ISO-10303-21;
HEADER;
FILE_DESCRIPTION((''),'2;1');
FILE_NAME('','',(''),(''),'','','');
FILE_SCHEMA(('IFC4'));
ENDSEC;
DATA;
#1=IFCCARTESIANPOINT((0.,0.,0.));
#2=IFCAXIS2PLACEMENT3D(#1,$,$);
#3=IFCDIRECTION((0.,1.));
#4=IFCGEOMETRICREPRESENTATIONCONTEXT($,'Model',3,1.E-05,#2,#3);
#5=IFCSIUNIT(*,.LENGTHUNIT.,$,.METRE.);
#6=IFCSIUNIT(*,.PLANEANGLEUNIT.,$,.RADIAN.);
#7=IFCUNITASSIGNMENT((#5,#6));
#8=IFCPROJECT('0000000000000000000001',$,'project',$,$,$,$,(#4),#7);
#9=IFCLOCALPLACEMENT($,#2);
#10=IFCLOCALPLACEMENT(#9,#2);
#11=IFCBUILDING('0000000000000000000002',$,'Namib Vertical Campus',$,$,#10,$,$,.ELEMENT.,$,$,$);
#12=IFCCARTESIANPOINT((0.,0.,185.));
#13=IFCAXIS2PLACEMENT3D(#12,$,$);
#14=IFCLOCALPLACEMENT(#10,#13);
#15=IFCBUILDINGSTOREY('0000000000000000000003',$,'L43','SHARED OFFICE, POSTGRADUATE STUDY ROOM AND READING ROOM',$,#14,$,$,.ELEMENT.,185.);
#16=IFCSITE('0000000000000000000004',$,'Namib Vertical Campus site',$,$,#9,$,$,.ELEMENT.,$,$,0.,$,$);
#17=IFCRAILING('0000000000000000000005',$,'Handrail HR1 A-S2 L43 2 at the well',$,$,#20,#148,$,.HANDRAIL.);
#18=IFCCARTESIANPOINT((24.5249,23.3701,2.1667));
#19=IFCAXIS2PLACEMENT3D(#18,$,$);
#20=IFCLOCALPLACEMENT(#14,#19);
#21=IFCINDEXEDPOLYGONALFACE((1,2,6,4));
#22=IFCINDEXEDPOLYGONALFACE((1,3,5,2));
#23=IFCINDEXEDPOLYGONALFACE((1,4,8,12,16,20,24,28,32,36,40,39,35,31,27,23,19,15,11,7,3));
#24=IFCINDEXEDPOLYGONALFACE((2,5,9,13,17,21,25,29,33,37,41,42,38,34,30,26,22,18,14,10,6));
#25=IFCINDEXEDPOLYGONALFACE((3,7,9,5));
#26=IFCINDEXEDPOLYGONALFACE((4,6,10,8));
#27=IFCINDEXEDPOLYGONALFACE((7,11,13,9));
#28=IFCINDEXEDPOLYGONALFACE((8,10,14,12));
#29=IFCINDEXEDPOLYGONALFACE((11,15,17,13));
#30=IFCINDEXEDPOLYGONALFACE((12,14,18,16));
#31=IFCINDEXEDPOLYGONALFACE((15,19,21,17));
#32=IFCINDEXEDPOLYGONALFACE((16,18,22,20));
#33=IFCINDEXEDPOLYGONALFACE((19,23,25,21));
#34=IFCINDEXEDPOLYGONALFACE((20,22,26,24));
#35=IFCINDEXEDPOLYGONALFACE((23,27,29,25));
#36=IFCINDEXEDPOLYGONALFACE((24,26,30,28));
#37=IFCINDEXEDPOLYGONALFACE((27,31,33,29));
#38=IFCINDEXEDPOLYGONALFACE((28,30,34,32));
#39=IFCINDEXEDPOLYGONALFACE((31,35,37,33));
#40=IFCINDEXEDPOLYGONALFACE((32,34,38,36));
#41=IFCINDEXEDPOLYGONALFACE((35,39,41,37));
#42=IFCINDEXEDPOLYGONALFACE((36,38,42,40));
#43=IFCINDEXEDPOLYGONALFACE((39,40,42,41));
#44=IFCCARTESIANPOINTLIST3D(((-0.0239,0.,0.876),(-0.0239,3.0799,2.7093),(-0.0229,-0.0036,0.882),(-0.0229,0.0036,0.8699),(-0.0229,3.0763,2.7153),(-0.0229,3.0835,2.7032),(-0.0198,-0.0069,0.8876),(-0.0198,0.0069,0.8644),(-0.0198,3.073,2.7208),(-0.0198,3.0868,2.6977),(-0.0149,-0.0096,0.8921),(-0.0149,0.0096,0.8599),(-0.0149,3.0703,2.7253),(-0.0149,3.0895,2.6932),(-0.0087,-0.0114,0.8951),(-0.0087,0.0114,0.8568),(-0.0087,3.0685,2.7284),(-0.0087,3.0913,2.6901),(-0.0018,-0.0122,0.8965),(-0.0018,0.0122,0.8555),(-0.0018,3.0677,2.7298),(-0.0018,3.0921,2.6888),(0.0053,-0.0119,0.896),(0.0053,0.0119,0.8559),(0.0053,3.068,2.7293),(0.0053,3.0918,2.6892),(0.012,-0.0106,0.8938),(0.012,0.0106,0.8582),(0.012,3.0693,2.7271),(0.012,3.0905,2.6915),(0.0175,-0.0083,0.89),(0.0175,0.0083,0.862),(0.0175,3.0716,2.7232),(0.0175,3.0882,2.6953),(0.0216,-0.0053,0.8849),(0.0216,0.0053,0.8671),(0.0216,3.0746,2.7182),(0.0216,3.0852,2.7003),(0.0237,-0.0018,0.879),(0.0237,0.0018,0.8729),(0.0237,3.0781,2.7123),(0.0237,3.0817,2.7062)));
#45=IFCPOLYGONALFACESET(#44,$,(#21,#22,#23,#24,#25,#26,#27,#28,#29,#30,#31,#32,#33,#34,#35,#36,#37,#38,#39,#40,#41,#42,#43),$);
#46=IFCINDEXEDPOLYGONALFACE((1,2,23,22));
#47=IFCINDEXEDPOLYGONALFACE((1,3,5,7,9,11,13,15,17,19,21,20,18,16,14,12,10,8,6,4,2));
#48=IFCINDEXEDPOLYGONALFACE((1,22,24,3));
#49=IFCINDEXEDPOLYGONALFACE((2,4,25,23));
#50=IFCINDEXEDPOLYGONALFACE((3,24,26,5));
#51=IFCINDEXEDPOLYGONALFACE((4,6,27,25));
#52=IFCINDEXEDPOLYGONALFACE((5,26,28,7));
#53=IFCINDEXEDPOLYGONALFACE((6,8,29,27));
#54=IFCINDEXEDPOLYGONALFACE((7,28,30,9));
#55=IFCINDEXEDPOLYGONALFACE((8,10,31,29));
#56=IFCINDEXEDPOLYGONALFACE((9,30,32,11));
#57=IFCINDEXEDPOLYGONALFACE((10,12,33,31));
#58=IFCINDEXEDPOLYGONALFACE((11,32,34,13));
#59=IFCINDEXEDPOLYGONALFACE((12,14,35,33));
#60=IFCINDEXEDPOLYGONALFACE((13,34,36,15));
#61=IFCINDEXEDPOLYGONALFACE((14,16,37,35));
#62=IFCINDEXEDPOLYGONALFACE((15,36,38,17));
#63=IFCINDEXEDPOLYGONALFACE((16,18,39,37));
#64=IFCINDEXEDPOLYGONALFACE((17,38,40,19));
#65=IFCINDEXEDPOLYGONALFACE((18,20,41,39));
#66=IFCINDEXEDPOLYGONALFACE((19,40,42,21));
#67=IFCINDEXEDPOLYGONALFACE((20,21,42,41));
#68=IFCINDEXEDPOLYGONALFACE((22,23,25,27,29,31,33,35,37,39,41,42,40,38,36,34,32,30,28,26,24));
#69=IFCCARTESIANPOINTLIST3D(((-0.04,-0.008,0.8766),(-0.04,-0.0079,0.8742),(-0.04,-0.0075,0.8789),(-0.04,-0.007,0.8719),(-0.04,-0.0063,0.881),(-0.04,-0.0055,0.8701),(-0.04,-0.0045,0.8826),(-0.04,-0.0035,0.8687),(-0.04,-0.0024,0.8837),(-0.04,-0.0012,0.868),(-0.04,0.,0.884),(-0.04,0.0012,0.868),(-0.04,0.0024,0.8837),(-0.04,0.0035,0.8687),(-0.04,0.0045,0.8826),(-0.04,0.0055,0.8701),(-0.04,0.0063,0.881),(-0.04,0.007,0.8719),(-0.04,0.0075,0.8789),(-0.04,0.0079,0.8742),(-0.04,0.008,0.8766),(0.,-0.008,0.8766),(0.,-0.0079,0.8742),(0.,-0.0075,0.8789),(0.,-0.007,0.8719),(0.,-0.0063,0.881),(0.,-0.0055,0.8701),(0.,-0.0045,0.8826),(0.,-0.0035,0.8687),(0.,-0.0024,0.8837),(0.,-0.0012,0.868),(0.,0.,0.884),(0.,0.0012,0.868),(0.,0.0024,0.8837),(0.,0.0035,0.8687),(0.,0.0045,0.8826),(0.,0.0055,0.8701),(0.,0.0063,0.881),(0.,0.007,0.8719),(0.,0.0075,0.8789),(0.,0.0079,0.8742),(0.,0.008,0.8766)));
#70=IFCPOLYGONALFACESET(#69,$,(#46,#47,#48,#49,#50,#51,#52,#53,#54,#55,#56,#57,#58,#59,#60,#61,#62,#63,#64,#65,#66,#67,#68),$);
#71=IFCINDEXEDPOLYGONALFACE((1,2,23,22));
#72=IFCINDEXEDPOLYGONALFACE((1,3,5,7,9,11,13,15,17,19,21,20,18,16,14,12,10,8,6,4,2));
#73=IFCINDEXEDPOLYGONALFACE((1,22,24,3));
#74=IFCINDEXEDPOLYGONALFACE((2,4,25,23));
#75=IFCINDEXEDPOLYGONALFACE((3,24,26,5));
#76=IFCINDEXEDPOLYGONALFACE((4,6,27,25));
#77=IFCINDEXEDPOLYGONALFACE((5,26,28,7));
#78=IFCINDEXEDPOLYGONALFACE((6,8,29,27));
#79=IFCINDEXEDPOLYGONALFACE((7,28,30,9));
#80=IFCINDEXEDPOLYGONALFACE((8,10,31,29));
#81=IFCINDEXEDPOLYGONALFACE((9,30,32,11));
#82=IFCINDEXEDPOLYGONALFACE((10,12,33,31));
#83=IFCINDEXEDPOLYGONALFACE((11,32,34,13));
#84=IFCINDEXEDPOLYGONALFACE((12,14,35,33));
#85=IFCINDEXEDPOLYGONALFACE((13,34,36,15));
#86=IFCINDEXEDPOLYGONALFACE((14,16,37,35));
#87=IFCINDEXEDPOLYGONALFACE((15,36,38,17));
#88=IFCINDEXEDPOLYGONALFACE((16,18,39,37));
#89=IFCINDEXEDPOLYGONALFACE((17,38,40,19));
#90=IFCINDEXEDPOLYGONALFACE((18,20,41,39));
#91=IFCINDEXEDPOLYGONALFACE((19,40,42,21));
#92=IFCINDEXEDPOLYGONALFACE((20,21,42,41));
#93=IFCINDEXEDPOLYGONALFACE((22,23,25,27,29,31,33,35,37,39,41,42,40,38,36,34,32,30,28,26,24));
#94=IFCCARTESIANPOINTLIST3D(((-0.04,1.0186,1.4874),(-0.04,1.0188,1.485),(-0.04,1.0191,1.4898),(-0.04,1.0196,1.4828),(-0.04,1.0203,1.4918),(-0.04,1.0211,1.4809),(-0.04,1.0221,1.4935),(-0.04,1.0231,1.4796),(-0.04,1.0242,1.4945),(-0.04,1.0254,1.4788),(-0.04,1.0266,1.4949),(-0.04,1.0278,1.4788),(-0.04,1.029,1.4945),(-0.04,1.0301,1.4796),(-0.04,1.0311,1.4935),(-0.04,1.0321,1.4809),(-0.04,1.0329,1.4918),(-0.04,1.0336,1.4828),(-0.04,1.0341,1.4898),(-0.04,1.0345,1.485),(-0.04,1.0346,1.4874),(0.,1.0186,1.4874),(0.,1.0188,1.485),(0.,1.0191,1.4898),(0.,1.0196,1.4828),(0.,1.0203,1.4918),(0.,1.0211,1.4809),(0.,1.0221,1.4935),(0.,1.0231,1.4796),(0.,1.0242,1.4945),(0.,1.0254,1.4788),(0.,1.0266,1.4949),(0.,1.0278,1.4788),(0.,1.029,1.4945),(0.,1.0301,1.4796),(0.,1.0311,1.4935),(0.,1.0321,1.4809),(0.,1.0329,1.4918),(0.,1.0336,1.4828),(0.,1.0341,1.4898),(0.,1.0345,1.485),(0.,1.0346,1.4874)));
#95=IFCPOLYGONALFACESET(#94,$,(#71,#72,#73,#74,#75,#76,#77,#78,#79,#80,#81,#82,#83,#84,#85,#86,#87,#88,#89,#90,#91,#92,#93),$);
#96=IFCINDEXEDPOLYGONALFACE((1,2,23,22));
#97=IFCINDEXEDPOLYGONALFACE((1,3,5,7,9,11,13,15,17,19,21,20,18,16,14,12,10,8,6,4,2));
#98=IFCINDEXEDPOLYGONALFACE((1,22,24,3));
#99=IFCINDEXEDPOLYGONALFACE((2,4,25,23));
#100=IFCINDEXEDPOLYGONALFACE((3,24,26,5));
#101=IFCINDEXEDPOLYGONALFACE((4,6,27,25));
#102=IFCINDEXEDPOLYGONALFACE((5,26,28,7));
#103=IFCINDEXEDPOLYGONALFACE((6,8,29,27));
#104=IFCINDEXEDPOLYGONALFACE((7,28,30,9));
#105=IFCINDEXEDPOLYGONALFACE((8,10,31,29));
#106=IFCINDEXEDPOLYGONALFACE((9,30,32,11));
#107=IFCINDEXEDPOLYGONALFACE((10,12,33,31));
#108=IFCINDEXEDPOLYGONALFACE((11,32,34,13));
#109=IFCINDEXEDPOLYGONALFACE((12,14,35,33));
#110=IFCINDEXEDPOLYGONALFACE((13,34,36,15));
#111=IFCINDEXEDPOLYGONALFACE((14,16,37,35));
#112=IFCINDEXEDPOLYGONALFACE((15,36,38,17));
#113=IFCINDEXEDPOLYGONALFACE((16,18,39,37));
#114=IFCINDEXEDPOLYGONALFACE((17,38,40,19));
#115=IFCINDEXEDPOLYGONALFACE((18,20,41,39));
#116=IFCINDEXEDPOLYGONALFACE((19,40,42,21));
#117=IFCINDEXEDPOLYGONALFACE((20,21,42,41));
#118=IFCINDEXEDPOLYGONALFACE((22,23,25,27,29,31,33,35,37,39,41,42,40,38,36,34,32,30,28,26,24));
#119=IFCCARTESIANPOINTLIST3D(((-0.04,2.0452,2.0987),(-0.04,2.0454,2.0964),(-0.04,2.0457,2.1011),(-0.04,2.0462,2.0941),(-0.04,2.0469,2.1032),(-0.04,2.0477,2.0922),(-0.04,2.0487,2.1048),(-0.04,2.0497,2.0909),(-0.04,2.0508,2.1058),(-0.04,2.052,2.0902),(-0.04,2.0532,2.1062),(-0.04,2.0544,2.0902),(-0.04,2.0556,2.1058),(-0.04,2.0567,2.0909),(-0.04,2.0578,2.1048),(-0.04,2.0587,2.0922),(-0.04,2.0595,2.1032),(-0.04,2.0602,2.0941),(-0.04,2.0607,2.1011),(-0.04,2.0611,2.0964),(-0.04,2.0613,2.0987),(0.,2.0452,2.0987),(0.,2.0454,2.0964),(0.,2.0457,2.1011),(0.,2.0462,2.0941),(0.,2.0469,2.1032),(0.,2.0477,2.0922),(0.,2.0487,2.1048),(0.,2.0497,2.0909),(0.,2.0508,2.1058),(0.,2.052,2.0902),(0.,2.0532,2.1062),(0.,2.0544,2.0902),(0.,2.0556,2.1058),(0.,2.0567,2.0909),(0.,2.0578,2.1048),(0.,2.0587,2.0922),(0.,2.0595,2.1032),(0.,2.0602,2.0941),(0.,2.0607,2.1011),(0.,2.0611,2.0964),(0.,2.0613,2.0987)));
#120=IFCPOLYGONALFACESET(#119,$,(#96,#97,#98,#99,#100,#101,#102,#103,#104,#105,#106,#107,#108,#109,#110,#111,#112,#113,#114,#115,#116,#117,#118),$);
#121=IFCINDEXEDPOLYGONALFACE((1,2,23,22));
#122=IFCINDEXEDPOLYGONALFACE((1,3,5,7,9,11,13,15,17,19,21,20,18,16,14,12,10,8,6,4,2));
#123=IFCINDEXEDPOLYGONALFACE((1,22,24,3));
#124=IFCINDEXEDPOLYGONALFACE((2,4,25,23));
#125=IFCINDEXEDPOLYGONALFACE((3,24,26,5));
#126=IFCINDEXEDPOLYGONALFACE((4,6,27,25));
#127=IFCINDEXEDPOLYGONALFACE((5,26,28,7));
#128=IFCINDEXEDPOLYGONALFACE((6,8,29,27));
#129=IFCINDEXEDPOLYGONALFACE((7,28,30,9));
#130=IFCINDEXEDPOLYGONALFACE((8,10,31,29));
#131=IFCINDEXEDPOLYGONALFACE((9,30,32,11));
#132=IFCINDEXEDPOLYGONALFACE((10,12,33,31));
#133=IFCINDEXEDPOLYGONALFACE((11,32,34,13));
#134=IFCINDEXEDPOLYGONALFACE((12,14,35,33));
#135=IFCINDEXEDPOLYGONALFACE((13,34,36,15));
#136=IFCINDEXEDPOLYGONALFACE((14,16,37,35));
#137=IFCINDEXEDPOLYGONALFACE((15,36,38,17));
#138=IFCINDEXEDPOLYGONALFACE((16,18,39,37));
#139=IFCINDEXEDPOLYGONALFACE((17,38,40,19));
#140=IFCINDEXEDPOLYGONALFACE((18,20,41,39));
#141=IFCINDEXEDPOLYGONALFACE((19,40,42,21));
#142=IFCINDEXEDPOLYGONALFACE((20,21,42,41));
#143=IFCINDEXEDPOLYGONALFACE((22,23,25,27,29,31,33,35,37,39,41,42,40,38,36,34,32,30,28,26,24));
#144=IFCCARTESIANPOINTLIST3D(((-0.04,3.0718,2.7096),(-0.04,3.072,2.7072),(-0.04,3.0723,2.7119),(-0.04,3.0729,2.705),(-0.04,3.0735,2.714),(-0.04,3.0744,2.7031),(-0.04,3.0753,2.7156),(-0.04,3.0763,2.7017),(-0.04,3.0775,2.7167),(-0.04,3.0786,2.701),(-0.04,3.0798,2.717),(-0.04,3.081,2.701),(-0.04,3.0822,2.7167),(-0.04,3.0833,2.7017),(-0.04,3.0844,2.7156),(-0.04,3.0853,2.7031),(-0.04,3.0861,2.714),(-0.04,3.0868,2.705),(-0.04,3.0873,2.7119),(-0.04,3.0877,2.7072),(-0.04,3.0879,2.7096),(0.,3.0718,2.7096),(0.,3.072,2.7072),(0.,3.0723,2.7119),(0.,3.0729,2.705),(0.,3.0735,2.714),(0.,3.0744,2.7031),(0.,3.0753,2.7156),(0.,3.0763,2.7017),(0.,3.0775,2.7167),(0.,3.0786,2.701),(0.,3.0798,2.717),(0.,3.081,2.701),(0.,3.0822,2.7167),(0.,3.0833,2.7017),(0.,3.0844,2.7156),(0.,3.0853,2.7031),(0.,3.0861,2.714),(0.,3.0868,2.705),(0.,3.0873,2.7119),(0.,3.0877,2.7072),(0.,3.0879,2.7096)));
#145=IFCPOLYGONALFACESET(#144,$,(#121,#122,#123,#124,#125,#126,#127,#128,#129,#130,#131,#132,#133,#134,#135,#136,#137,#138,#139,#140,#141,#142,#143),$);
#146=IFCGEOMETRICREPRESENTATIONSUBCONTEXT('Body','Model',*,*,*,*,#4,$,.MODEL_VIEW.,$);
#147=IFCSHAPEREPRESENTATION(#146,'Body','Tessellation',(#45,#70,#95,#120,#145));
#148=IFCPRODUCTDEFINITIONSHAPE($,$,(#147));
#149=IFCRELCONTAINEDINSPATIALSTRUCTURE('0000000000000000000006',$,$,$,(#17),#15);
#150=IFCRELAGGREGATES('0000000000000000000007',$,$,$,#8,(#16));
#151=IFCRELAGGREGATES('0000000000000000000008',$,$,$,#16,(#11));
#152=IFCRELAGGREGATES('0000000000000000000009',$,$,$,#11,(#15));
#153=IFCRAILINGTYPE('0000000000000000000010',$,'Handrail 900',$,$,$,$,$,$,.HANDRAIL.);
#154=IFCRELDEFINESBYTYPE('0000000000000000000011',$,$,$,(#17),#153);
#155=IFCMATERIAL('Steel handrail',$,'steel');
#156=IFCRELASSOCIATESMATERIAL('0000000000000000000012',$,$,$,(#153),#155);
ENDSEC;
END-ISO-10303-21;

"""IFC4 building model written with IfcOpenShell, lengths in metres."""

from ifc_helpers import new_model, si_unit, direction, frame, origin, origin_2d, place, context, subcontext, project, spatial, circle, extrude, material, type_object, element, save


model = new_model("IFC4")

# Units and contexts
model_context = context("Model", 3, precision=1e-05, world=origin(), true_north=direction((0.0, 1.0)))
body_context = subcontext(model_context, "Body", "Model", "MODEL_VIEW")
ifc_project = project(units=[si_unit("LENGTHUNIT", "METRE"), si_unit("PLANEANGLEUNIT", "RADIAN")], contexts=[model_context])

# Site, building, storey
site_placement = place(None, origin())
site = spatial("IfcSite", under=ifc_project, at=site_placement, Name="Namib Vertical Campus site", CompositionType="ELEMENT", RefElevation=0.0)
building_placement = place(site_placement, origin())
building = spatial("IfcBuilding", under=site, at=building_placement, Name="Namib Vertical Campus", CompositionType="ELEMENT")
storey_placement = place(building_placement, frame((0.0, 0.0, 185.0)))
storey = spatial("IfcBuildingStorey", under=building, at=storey_placement, Name="L43", Description="SHARED OFFICE, POSTGRADUATE STUDY ROOM AND READING ROOM", CompositionType="ELEMENT", Elevation=185.0)

# Railing
ifc_material_1 = material(Name="Steel handrail", Category="steel")
railing_type_1 = type_object("IfcRailingType", Name="Handrail 900", PredefinedType="HANDRAIL", material=ifc_material_1)
railing_1_placement = place(storey_placement, frame((24.5249, 23.3701, 2.1667)))
element("IfcRailing", 1, at=railing_1_placement, inside=storey, type_object=railing_type_1, Name="Handrail HR1 A-S2 L43 2 at the well", PredefinedType="HANDRAIL", context=body_context, shape_type="SweptSolid", body=[
    extrude(circle(Radius=0.0239, at=origin_2d()), frame((0.0, 0.0, 0.876), z_axis=(0.0, 0.859291, 0.511487), x_axis=(-1.0, 0.0, 0.0)), (0.0, 0.0, 1.0), 3.5842),
    extrude(circle(Radius=0.0081, at=origin_2d()), frame((0.0, 0.0, 0.876), z_axis=(-1.0, 0.0, 0.0), x_axis=(0.0, 0.0, 1.0)), (0.0, 0.0, 1.0), 0.04),
    extrude(circle(Radius=0.0081, at=origin_2d()), frame((0.0, 1.0266, 1.4868), z_axis=(-1.0, 0.0, 0.0), x_axis=(0.0, 0.0, 1.0)), (0.0, 0.0, 1.0), 0.04),
    extrude(circle(Radius=0.0081, at=origin_2d()), frame((0.0, 2.0532, 2.0981), z_axis=(-1.0, 0.0, 0.0), x_axis=(0.0, 0.0, 1.0)), (0.0, 0.0, 1.0), 0.04),
    extrude(circle(Radius=0.0081, at=origin_2d()), frame((0.0, 3.0798, 2.709), z_axis=(-1.0, 0.0, 0.0), x_axis=(0.0, 0.0, 1.0)), (0.0, 0.0, 1.0), 0.04),
])

save(model, "model.ifc")
